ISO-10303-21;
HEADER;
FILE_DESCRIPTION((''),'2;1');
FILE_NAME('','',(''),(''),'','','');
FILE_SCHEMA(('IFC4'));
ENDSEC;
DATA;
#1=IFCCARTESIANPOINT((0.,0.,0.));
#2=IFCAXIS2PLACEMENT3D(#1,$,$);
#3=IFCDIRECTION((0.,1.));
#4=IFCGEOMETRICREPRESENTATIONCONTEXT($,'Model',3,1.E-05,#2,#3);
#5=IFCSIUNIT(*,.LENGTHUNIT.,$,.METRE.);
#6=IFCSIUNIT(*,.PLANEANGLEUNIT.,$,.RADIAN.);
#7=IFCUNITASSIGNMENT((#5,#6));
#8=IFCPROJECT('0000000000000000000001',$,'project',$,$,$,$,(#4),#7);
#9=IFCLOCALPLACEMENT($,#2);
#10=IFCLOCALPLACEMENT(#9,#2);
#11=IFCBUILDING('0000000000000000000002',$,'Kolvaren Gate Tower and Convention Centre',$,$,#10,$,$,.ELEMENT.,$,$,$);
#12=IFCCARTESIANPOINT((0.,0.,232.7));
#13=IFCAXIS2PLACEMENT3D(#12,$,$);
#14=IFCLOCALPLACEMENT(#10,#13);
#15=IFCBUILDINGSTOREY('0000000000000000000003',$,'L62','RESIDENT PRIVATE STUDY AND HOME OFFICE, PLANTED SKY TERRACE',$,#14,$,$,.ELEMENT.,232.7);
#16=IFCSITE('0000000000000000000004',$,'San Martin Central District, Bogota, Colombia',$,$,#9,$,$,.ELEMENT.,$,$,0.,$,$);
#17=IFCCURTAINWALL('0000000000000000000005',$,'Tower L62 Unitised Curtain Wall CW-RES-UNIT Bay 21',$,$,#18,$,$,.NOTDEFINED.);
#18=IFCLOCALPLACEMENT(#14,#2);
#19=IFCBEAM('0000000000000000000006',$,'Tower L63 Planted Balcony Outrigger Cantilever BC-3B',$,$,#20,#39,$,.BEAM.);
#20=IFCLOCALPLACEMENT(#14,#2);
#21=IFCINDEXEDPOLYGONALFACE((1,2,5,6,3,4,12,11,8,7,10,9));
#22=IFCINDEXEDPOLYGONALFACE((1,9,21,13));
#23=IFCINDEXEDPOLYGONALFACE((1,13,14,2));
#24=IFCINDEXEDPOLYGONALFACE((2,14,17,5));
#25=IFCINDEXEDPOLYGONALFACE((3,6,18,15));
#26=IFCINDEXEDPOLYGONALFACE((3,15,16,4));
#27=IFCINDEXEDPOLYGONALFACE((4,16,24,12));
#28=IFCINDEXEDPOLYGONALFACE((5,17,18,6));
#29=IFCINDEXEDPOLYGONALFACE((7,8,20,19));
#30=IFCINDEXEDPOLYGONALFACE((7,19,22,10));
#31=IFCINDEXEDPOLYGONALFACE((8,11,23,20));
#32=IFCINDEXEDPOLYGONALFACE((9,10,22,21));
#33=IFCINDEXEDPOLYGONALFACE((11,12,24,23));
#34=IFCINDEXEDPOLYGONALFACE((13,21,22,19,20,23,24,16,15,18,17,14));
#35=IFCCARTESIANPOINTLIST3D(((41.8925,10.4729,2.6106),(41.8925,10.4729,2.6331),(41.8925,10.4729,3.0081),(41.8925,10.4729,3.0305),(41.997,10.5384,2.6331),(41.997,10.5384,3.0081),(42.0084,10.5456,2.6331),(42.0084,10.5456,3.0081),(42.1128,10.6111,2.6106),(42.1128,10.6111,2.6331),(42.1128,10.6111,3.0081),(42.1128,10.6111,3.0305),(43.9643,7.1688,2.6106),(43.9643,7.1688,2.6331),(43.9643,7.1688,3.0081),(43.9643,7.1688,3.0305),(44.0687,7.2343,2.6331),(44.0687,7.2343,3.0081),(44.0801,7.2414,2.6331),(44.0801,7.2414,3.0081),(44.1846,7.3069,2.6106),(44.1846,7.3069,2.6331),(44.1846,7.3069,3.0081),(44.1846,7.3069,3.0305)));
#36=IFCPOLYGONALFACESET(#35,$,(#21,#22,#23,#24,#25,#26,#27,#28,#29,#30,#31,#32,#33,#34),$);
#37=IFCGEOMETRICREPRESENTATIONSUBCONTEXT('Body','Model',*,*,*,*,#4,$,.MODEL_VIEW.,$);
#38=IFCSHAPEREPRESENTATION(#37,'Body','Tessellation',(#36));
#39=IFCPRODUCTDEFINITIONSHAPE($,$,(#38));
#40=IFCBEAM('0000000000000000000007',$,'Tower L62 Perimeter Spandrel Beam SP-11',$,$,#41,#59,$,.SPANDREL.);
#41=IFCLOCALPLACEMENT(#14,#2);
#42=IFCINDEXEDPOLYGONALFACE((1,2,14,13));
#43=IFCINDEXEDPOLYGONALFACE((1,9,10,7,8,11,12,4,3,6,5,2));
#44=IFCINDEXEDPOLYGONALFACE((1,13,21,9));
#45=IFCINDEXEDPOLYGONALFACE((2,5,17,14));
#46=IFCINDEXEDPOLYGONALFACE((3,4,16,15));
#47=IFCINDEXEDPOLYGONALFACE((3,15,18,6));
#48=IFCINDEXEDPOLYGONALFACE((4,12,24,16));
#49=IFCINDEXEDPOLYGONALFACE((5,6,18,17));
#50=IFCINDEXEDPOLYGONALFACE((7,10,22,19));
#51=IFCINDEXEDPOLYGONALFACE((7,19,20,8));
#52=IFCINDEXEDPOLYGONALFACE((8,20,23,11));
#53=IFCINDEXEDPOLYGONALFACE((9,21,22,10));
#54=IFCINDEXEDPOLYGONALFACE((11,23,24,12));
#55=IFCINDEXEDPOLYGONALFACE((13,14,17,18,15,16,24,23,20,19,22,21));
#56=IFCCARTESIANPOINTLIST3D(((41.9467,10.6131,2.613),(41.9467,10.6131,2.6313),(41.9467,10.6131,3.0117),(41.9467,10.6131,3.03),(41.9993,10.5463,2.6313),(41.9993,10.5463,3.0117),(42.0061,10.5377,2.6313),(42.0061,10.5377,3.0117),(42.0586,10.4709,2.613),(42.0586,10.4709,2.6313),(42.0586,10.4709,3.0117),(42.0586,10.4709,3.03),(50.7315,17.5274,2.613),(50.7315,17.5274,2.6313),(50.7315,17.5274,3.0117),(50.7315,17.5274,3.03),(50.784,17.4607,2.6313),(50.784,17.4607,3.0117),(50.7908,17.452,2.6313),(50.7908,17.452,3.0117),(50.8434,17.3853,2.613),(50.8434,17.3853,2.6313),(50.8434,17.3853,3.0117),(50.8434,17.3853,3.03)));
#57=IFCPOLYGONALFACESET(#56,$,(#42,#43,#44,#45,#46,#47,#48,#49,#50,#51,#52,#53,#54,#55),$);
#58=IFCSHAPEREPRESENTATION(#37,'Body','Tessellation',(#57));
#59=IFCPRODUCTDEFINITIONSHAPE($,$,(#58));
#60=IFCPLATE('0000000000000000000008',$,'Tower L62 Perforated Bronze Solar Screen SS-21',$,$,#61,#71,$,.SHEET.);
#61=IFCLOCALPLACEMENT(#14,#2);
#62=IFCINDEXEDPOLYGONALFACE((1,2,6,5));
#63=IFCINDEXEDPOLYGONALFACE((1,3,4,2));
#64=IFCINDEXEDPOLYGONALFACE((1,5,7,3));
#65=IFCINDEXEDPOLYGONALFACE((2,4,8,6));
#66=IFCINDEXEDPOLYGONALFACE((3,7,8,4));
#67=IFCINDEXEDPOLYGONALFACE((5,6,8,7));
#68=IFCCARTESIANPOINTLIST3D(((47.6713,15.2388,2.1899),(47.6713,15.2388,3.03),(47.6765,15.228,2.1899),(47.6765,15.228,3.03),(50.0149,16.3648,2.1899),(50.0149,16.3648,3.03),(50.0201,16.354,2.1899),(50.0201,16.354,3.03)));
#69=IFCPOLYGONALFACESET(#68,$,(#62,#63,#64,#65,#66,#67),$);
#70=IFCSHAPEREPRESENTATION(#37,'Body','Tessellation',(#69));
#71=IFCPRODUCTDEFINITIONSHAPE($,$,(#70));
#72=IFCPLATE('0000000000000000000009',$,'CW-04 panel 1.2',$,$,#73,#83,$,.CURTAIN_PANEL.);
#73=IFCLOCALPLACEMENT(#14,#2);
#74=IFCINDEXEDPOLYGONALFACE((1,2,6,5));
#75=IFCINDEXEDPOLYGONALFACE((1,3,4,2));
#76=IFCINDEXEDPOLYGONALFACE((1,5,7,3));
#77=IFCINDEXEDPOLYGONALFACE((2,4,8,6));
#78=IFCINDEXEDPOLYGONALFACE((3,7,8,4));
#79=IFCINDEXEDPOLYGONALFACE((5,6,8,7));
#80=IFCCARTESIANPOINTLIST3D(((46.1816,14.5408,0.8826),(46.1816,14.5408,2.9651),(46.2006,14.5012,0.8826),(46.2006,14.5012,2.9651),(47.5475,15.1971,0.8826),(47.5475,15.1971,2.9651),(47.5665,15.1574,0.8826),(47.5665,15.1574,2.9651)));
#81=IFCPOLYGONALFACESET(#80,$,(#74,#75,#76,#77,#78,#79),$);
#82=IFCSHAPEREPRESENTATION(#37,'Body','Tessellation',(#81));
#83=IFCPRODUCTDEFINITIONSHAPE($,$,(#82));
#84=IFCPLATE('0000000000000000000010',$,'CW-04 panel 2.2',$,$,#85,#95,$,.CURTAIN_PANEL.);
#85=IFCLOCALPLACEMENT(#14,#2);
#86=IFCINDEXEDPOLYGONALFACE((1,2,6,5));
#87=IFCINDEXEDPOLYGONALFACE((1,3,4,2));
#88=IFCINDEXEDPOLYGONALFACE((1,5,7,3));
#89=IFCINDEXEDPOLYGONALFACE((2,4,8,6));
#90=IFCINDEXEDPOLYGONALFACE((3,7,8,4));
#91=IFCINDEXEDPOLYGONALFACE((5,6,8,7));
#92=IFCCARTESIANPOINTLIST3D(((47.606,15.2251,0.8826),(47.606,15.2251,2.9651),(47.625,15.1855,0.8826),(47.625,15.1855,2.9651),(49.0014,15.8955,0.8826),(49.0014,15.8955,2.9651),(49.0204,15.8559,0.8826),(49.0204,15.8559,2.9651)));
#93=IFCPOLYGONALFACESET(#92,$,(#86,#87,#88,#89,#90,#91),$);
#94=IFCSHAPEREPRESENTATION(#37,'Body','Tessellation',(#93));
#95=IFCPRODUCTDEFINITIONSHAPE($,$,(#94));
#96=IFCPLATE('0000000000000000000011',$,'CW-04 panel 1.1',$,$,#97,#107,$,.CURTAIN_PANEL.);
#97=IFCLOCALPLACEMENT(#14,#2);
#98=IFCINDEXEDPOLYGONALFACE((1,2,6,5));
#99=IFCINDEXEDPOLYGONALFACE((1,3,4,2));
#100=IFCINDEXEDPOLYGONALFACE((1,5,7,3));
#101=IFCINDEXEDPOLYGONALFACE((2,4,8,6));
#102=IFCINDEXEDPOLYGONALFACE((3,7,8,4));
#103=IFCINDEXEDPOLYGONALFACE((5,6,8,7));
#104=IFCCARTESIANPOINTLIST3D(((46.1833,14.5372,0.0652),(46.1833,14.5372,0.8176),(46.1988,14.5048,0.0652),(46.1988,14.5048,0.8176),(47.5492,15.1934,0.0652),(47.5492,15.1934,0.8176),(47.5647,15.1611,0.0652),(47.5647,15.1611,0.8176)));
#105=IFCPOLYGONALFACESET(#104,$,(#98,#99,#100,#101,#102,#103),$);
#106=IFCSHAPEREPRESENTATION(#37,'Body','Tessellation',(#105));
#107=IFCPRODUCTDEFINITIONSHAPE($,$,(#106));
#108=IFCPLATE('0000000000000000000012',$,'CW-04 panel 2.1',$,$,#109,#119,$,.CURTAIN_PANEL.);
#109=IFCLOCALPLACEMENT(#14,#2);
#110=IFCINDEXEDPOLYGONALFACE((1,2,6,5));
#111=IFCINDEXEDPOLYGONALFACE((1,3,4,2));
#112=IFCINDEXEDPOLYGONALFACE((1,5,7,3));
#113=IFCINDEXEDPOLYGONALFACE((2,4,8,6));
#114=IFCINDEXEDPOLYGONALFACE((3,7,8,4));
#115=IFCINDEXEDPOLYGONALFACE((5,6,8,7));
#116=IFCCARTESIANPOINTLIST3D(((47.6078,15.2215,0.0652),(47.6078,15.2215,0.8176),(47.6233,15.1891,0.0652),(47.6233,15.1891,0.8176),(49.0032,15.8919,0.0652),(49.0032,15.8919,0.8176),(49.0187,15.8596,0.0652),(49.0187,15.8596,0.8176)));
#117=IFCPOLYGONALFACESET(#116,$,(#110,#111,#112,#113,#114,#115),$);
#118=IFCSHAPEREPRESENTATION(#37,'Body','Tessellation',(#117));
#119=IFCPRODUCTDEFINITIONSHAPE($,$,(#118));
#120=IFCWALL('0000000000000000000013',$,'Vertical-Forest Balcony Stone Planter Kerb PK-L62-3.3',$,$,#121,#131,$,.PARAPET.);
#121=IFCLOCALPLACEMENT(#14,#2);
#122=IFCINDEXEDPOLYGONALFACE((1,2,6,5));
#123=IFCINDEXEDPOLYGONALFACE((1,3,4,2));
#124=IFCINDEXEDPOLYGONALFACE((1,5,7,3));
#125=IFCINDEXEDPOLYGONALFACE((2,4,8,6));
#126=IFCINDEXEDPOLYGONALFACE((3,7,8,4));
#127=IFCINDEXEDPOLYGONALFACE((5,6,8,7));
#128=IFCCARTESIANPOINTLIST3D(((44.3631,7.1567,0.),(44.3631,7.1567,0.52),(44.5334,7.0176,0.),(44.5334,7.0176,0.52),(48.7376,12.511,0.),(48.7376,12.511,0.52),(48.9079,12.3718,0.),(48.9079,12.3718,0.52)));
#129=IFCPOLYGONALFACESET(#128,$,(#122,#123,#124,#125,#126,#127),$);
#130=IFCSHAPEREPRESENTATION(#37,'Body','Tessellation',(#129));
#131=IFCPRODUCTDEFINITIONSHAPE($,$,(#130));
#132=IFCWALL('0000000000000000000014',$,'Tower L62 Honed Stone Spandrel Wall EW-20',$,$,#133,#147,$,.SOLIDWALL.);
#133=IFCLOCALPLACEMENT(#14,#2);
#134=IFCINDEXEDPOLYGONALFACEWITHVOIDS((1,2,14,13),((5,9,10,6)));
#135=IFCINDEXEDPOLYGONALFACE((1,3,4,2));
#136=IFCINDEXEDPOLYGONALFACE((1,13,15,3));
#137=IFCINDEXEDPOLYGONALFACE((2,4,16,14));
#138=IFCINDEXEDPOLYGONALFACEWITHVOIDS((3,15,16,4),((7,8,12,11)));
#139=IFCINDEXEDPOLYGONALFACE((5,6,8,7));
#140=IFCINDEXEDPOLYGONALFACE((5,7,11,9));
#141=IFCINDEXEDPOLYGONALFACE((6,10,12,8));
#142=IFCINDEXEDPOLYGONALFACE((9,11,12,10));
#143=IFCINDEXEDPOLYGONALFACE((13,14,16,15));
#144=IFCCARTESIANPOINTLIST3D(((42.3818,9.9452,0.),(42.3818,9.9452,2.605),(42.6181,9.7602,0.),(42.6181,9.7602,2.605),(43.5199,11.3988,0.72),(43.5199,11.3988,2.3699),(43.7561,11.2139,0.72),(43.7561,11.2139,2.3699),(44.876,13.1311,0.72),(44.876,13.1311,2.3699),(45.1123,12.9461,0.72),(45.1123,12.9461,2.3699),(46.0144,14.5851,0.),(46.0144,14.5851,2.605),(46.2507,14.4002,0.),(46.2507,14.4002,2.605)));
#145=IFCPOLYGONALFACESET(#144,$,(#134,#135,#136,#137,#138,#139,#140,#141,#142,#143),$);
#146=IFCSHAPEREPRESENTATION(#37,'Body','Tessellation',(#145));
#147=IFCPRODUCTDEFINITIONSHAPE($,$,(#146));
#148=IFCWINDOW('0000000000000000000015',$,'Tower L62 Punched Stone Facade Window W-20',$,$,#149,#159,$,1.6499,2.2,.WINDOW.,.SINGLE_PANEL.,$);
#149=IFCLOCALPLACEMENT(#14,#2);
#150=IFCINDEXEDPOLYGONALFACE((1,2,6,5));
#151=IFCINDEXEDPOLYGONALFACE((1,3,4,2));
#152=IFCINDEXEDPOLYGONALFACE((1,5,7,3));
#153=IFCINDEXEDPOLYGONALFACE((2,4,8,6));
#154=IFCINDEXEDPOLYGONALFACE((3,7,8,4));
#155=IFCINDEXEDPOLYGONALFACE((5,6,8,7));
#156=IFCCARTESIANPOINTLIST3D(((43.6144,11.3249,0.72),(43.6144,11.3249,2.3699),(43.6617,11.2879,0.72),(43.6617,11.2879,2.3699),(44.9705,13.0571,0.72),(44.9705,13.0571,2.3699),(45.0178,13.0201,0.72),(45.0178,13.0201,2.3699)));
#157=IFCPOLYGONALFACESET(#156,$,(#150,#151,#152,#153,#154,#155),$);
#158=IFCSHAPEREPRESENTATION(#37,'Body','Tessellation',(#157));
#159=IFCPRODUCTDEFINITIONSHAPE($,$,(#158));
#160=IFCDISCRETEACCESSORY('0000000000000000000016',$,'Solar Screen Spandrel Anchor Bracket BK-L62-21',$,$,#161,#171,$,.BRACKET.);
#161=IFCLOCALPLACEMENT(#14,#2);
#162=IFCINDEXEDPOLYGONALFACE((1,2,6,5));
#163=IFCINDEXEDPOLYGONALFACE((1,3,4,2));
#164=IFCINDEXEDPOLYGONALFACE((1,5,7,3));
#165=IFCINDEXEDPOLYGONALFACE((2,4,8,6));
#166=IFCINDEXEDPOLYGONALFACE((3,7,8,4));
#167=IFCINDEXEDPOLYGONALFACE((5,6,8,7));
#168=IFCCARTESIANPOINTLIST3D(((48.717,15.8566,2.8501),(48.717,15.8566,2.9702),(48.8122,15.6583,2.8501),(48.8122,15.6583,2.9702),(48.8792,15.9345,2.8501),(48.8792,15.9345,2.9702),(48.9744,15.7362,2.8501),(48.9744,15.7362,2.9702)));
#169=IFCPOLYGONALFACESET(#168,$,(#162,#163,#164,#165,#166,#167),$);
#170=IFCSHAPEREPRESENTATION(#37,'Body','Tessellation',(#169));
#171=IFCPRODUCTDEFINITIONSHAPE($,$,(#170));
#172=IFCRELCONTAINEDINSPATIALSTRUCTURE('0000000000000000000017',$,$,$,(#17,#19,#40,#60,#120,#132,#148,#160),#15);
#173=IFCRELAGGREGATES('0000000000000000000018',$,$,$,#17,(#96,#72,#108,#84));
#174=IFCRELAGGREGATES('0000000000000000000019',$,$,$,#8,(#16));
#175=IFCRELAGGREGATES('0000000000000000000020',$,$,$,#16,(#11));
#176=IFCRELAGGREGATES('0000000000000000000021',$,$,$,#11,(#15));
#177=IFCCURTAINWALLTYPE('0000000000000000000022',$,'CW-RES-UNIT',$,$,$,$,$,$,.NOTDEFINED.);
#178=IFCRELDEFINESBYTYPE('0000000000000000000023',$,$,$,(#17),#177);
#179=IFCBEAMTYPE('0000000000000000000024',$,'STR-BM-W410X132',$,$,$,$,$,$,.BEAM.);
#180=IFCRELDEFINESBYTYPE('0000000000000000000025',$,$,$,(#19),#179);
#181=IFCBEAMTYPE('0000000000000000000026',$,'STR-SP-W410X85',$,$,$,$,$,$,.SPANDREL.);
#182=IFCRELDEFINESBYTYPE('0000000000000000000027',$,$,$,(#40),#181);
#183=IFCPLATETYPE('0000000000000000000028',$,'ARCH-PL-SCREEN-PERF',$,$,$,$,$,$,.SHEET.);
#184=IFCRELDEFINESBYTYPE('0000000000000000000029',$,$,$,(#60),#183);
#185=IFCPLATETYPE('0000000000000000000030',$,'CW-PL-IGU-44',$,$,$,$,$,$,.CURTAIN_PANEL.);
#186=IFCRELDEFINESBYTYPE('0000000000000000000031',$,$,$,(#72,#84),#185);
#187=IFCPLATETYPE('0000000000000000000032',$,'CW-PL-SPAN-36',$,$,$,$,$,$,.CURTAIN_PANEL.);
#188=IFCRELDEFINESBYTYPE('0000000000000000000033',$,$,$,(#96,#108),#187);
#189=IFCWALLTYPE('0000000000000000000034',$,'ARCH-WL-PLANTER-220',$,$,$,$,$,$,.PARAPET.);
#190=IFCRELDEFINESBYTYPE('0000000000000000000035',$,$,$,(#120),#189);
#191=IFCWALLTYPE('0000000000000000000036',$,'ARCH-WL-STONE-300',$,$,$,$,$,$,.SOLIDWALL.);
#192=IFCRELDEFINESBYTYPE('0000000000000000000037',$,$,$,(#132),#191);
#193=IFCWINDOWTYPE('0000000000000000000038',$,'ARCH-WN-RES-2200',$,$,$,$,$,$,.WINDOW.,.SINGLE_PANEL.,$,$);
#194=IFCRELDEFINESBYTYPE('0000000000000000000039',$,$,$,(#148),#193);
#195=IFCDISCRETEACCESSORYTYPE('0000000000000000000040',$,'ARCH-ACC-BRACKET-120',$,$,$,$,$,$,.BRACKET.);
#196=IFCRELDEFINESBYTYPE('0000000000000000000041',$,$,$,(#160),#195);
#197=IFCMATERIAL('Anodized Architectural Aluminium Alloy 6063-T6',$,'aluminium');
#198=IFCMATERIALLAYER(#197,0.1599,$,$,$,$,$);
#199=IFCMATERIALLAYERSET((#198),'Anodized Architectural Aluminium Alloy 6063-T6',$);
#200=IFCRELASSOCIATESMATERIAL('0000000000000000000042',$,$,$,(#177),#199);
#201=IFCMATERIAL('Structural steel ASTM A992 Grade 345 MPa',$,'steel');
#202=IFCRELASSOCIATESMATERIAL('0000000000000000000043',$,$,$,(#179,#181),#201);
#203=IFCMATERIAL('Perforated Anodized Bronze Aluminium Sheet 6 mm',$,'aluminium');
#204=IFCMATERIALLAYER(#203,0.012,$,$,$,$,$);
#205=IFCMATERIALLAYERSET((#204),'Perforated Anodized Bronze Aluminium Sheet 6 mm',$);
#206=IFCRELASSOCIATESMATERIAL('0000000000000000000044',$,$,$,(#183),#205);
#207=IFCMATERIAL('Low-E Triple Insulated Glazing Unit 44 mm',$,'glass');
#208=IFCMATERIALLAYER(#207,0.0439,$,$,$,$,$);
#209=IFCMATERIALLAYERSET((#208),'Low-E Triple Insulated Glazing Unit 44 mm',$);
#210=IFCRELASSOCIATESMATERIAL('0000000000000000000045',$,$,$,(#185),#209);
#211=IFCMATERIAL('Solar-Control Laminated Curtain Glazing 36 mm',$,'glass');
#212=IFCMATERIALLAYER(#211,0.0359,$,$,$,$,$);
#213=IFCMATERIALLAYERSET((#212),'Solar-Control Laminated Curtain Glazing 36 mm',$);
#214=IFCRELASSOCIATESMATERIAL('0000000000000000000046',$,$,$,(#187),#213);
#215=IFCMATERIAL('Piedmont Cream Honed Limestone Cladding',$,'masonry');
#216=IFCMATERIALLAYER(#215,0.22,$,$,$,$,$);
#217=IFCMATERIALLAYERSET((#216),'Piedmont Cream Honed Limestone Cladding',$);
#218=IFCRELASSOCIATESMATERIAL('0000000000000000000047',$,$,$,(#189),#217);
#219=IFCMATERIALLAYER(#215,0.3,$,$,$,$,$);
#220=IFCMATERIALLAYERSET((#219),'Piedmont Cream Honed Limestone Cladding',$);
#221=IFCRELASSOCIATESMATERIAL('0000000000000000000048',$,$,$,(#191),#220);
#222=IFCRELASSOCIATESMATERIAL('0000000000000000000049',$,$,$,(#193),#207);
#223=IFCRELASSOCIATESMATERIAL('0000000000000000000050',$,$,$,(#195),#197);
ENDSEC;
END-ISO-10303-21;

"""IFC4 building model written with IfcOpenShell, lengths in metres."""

from ifc_helpers import new_model, si_unit, direction, frame, frame_2d, origin, origin_2d, place, context, subcontext, project, spatial, rectangle, i_section, extrude, material, layer, layer_set, material_profile, profile_set, type_object, element, fill, aggregate, save


model = new_model("IFC4")

# Units and contexts
model_context = context("Model", 3, precision=1e-05, world=origin(), true_north=direction((0.0, 1.0)))
body_context = subcontext(model_context, "Body", "Model", "MODEL_VIEW")
ifc_project = project(units=[si_unit("LENGTHUNIT", "METRE"), si_unit("PLANEANGLEUNIT", "RADIAN")], contexts=[model_context])

# Site, building, storey
site_placement = place(None, origin())
site = spatial("IfcSite", under=ifc_project, at=site_placement, Name="San Martin Central District, Bogota, Colombia", CompositionType="ELEMENT", RefElevation=0.0)
building_placement = place(site_placement, origin())
building = spatial("IfcBuilding", under=site, at=building_placement, Name="Kolvaren Gate Tower and Convention Centre", CompositionType="ELEMENT")
storey_placement = place(building_placement, frame((0.0, 0.0, 232.7)))
storey = spatial("IfcBuildingStorey", under=building, at=storey_placement, Name="L62", Description="RESIDENT PRIVATE STUDY AND HOME OFFICE, PLANTED SKY TERRACE", CompositionType="ELEMENT", Elevation=232.7)

# Curtain wall
ifc_material_1 = material(Name="Anodized Architectural Aluminium Alloy 6063-T6", Category="aluminium")
ifc_layer_1 = layer(ifc_material_1, 0.1599)
ifc_layer_set_1 = layer_set([ifc_layer_1], Name="Anodized Architectural Aluminium Alloy 6063-T6")
curtain_wall_type = type_object("IfcCurtainWallType", Name="CW-RES-UNIT", PredefinedType="NOTDEFINED", material=ifc_layer_set_1)
curtain_wall_placement = place(storey_placement, origin())
curtain_wall = element("IfcCurtainWall", 1, at=curtain_wall_placement, inside=storey, type_object=curtain_wall_type, Name="Tower L62 Unitised Curtain Wall CW-RES-UNIT Bay 21", PredefinedType="NOTDEFINED")

# Beams
ifc_material_2 = material(Name="Structural steel ASTM A992 Grade 345 MPa", Category="steel")
ifc_material_profile_1 = material_profile(ifc_material_2, i_section(OverallWidth=0.26, OverallDepth=0.4199, WebThickness=0.0134, FlangeThickness=0.0225, at=origin_2d()), Name="W410X132")
ifc_profile_set_1 = profile_set([ifc_material_profile_1], Name="Structural steel ASTM A992 Grade 345 MPa")
beam_type_1 = type_object("IfcBeamType", Name="STR-BM-W410X132", PredefinedType="BEAM", material=ifc_profile_set_1)
beam_1_placement = place(storey_placement, frame((42.0027, 10.542, 2.8206), z_axis=(0.531225, -0.847231, 0.0), x_axis=(0.847231, 0.531225, 0.0)))
element("IfcBeam", 2, at=beam_1_placement, inside=storey, type_object=beam_type_1, Name="Tower L63 Planted Balcony Outrigger Cantilever BC-3B", PredefinedType="BEAM", context=body_context, shape_type="SweptSolid", body=[
    extrude(i_section(OverallWidth=0.26, OverallDepth=0.4199, WebThickness=0.0134, FlangeThickness=0.0225, at=origin_2d()), origin(), (0.0, 0.0, 1.0), 3.8999),
])
ifc_material_profile_2 = material_profile(ifc_material_2, i_section(OverallWidth=0.1809, OverallDepth=0.417, WebThickness=0.011, FlangeThickness=0.0183, at=origin_2d()), Name="W410X85")
ifc_profile_set_2 = profile_set([ifc_material_profile_2], Name="Structural steel ASTM A992 Grade 345 MPa")
beam_type_2 = type_object("IfcBeamType", Name="STR-SP-W410X85", PredefinedType="SPANDREL", material=ifc_profile_set_2)
beam_2_placement = place(storey_placement, frame((42.0027, 10.542, 2.8215), z_axis=(0.785794, 0.618489, 0.0), x_axis=(-0.618489, 0.785794, 0.0)))
element("IfcBeam", 3, at=beam_2_placement, inside=storey, type_object=beam_type_2, Name="Tower L62 Perimeter Spandrel Beam SP-11", PredefinedType="SPANDREL", context=body_context, shape_type="SweptSolid", body=[
    extrude(i_section(OverallWidth=0.1809, OverallDepth=0.417, WebThickness=0.011, FlangeThickness=0.0183, at=origin_2d()), origin(), (0.0, 0.0, 1.0), 11.1794),
])

# Plates
ifc_material_3 = material(Name="Perforated Anodized Bronze Aluminium Sheet 6 mm", Category="aluminium")
ifc_layer_2 = layer(ifc_material_3, 0.012)
ifc_layer_set_2 = layer_set([ifc_layer_2], Name="Perforated Anodized Bronze Aluminium Sheet 6 mm")
plate_type_1 = type_object("IfcPlateType", Name="ARCH-PL-SCREEN-PERF", PredefinedType="SHEET", material=ifc_layer_set_2)
plate_1_placement = place(storey_placement, frame((48.8457, 15.7964, 2.1899), z_axis=(0.0, 0.0, 1.0), x_axis=(0.901359, 0.433072, 0.0)))
element("IfcPlate", 4, at=plate_1_placement, inside=storey, type_object=plate_type_1, Name="Tower L62 Perforated Bronze Solar Screen SS-21", PredefinedType="SHEET", context=body_context, shape_type="SweptSolid", body=[
    extrude(rectangle(XDim=2.6001, YDim=0.012, at=origin_2d()), origin(), (0.0, 0.0, 1.0), 0.8401),
])
ifc_material_4 = material(Name="Low-E Triple Insulated Glazing Unit 44 mm", Category="glass")
ifc_layer_3 = layer(ifc_material_4, 0.0439)
ifc_layer_set_3 = layer_set([ifc_layer_3], Name="Low-E Triple Insulated Glazing Unit 44 mm")
plate_type_2 = type_object("IfcPlateType", Name="CW-PL-IGU-44", PredefinedType="CURTAIN_PANEL", material=ifc_layer_set_3)
plate_2_placement = place(storey_placement, frame((46.874, 14.8491, 0.8826), z_axis=(0.0, 0.0, 1.0), x_axis=(0.901363, 0.433064, 0.0)))
plate_2 = element("IfcPlate", 5, at=plate_2_placement, type_object=plate_type_2, Name="CW-04 panel 1.2", PredefinedType="CURTAIN_PANEL", context=body_context, shape_type="SweptSolid", body=[
    extrude(rectangle(XDim=1.5154, YDim=0.0439, at=origin_2d()), origin(), (0.0, 0.0, 1.0), 2.0825),
])
plate_3_placement = place(storey_placement, frame((48.3132, 15.5405, 0.8826), z_axis=(0.0, 0.0, 1.0), x_axis=(0.901363, 0.433064, 0.0)))
plate_3 = element("IfcPlate", 6, at=plate_3_placement, type_object=plate_type_2, Name="CW-04 panel 2.2", PredefinedType="CURTAIN_PANEL", context=body_context, shape_type="SweptSolid", body=[
    extrude(rectangle(XDim=1.5481, YDim=0.0439, at=origin_2d()), origin(), (0.0, 0.0, 1.0), 2.0825),
])
ifc_material_5 = material(Name="Solar-Control Laminated Curtain Glazing 36 mm", Category="glass")
ifc_layer_4 = layer(ifc_material_5, 0.0359)
ifc_layer_set_4 = layer_set([ifc_layer_4], Name="Solar-Control Laminated Curtain Glazing 36 mm")
plate_type_3 = type_object("IfcPlateType", Name="CW-PL-SPAN-36", PredefinedType="CURTAIN_PANEL", material=ifc_layer_set_4)
plate_4_placement = place(storey_placement, frame((46.874, 14.8491, 0.0652), z_axis=(0.0, 0.0, 1.0), x_axis=(0.901363, 0.433064, 0.0)))
plate_4 = element("IfcPlate", 7, at=plate_4_placement, type_object=plate_type_3, Name="CW-04 panel 1.1", PredefinedType="CURTAIN_PANEL", context=body_context, shape_type="SweptSolid", body=[
    extrude(rectangle(XDim=1.5154, YDim=0.0359, at=origin_2d()), origin(), (0.0, 0.0, 1.0), 0.7524),
])
plate_5_placement = place(storey_placement, frame((48.3132, 15.5405, 0.0652), z_axis=(0.0, 0.0, 1.0), x_axis=(0.901363, 0.433064, 0.0)))
plate_5 = element("IfcPlate", 8, at=plate_5_placement, type_object=plate_type_3, Name="CW-04 panel 2.1", PredefinedType="CURTAIN_PANEL", context=body_context, shape_type="SweptSolid", body=[
    extrude(rectangle(XDim=1.5481, YDim=0.0359, at=origin_2d()), origin(), (0.0, 0.0, 1.0), 0.7524),
])
aggregate(curtain_wall, [plate_4, plate_2, plate_5, plate_3])

# Wall
ifc_material_6 = material(Name="Piedmont Cream Honed Limestone Cladding", Category="masonry")
ifc_layer_5 = layer(ifc_material_6, 0.22)
ifc_layer_set_5 = layer_set([ifc_layer_5], Name="Piedmont Cream Honed Limestone Cladding")
wall_type_1 = type_object("IfcWallType", Name="ARCH-WL-PLANTER-220", PredefinedType="PARAPET", material=ifc_layer_set_5)
wall_1_placement = place(storey_placement, frame((44.4482, 7.0872, 0.0), z_axis=(0.0, 0.0, 1.0), x_axis=(0.632697, 0.774399, 0.0)))
element("IfcWall", 9, at=wall_1_placement, inside=storey, type_object=wall_type_1, Name="Vertical-Forest Balcony Stone Planter Kerb PK-L62-3.3", PredefinedType="PARAPET", context=body_context, shape_type="SweptSolid", body=[
    extrude(rectangle(XDim=6.9141, YDim=0.22, at=frame_2d((3.457, 0.0))), origin(), (0.0, 0.0, 1.0), 0.52),
])

# Wall, opening, window
ifc_layer_6 = layer(ifc_material_6, 0.3)
ifc_layer_set_6 = layer_set([ifc_layer_6], Name="Piedmont Cream Honed Limestone Cladding")
wall_type_2 = type_object("IfcWallType", Name="ARCH-WL-STONE-300", PredefinedType="SOLIDWALL", material=ifc_layer_set_6)
wall_2_placement = place(storey_placement, frame((42.5, 9.8528, 0.0), z_axis=(0.0, 0.0, 1.0), x_axis=(0.61645, 0.787394, 0.0)))
wall_2 = element("IfcWall", 10, at=wall_2_placement, inside=storey, type_object=wall_type_2, Name="Tower L62 Honed Stone Spandrel Wall EW-20", PredefinedType="SOLIDWALL", context=body_context, shape_type="SweptSolid", body=[
    extrude(rectangle(XDim=5.8928, YDim=0.3, at=frame_2d((2.9463, 0.0))), origin(), (0.0, 0.0, 1.0), 2.605),
])
opening_placement = place(wall_2_placement, frame((1.8459, 0.0, 0.72)))
opening = element("IfcOpeningElement", 11, at=opening_placement, cuts=wall_2, PredefinedType="OPENING", context=body_context, shape_type="SweptSolid", body=[
    extrude(rectangle(XDim=2.2, YDim=1.6499, at=frame_2d((1.1001, 0.825))), frame((0.0, 0.1599, 0.0), z_axis=(0.0, -1.0, 0.0), x_axis=(1.0, 0.0, 0.0)), (0.0, 0.0, 1.0), 0.3201),
])
window_type = type_object("IfcWindowType", Name="ARCH-WN-RES-2200", PartitioningType="SINGLE_PANEL", PredefinedType="WINDOW", material=ifc_material_4)
window_placement = place(opening_placement, origin())
window = element("IfcWindow", 12, at=window_placement, inside=storey, type_object=window_type, Name="Tower L62 Punched Stone Facade Window W-20", OverallHeight=1.6499, OverallWidth=2.2, PartitioningType="SINGLE_PANEL", PredefinedType="WINDOW", context=body_context, shape_type="SweptSolid", body=[
    extrude(rectangle(XDim=2.2, YDim=1.6499, at=frame_2d((1.1001, 0.825))), frame((0.0, 0.03, 0.0), z_axis=(0.0, -1.0, 0.0), x_axis=(1.0, 0.0, 0.0)), (0.0, 0.0, 1.0), 0.0601),
])
fill(opening, window)

# Discrete accessory
discrete_accessory_type = type_object("IfcDiscreteAccessoryType", Name="ARCH-ACC-BRACKET-120", PredefinedType="BRACKET", material=ifc_material_1)
discrete_accessory_placement = place(storey_placement, frame((48.8457, 15.7964, 2.8501), z_axis=(0.0, 0.0, 1.0), x_axis=(0.901359, 0.433072, 0.0)))
element("IfcDiscreteAccessory", 13, at=discrete_accessory_placement, inside=storey, type_object=discrete_accessory_type, Name="Solar Screen Spandrel Anchor Bracket BK-L62-21", PredefinedType="BRACKET", context=body_context, shape_type="SweptSolid", body=[
    extrude(rectangle(XDim=0.1799, YDim=0.22, at=origin_2d()), origin(), (0.0, 0.0, 1.0), 0.1201),
])

save(model, "model.ifc")
